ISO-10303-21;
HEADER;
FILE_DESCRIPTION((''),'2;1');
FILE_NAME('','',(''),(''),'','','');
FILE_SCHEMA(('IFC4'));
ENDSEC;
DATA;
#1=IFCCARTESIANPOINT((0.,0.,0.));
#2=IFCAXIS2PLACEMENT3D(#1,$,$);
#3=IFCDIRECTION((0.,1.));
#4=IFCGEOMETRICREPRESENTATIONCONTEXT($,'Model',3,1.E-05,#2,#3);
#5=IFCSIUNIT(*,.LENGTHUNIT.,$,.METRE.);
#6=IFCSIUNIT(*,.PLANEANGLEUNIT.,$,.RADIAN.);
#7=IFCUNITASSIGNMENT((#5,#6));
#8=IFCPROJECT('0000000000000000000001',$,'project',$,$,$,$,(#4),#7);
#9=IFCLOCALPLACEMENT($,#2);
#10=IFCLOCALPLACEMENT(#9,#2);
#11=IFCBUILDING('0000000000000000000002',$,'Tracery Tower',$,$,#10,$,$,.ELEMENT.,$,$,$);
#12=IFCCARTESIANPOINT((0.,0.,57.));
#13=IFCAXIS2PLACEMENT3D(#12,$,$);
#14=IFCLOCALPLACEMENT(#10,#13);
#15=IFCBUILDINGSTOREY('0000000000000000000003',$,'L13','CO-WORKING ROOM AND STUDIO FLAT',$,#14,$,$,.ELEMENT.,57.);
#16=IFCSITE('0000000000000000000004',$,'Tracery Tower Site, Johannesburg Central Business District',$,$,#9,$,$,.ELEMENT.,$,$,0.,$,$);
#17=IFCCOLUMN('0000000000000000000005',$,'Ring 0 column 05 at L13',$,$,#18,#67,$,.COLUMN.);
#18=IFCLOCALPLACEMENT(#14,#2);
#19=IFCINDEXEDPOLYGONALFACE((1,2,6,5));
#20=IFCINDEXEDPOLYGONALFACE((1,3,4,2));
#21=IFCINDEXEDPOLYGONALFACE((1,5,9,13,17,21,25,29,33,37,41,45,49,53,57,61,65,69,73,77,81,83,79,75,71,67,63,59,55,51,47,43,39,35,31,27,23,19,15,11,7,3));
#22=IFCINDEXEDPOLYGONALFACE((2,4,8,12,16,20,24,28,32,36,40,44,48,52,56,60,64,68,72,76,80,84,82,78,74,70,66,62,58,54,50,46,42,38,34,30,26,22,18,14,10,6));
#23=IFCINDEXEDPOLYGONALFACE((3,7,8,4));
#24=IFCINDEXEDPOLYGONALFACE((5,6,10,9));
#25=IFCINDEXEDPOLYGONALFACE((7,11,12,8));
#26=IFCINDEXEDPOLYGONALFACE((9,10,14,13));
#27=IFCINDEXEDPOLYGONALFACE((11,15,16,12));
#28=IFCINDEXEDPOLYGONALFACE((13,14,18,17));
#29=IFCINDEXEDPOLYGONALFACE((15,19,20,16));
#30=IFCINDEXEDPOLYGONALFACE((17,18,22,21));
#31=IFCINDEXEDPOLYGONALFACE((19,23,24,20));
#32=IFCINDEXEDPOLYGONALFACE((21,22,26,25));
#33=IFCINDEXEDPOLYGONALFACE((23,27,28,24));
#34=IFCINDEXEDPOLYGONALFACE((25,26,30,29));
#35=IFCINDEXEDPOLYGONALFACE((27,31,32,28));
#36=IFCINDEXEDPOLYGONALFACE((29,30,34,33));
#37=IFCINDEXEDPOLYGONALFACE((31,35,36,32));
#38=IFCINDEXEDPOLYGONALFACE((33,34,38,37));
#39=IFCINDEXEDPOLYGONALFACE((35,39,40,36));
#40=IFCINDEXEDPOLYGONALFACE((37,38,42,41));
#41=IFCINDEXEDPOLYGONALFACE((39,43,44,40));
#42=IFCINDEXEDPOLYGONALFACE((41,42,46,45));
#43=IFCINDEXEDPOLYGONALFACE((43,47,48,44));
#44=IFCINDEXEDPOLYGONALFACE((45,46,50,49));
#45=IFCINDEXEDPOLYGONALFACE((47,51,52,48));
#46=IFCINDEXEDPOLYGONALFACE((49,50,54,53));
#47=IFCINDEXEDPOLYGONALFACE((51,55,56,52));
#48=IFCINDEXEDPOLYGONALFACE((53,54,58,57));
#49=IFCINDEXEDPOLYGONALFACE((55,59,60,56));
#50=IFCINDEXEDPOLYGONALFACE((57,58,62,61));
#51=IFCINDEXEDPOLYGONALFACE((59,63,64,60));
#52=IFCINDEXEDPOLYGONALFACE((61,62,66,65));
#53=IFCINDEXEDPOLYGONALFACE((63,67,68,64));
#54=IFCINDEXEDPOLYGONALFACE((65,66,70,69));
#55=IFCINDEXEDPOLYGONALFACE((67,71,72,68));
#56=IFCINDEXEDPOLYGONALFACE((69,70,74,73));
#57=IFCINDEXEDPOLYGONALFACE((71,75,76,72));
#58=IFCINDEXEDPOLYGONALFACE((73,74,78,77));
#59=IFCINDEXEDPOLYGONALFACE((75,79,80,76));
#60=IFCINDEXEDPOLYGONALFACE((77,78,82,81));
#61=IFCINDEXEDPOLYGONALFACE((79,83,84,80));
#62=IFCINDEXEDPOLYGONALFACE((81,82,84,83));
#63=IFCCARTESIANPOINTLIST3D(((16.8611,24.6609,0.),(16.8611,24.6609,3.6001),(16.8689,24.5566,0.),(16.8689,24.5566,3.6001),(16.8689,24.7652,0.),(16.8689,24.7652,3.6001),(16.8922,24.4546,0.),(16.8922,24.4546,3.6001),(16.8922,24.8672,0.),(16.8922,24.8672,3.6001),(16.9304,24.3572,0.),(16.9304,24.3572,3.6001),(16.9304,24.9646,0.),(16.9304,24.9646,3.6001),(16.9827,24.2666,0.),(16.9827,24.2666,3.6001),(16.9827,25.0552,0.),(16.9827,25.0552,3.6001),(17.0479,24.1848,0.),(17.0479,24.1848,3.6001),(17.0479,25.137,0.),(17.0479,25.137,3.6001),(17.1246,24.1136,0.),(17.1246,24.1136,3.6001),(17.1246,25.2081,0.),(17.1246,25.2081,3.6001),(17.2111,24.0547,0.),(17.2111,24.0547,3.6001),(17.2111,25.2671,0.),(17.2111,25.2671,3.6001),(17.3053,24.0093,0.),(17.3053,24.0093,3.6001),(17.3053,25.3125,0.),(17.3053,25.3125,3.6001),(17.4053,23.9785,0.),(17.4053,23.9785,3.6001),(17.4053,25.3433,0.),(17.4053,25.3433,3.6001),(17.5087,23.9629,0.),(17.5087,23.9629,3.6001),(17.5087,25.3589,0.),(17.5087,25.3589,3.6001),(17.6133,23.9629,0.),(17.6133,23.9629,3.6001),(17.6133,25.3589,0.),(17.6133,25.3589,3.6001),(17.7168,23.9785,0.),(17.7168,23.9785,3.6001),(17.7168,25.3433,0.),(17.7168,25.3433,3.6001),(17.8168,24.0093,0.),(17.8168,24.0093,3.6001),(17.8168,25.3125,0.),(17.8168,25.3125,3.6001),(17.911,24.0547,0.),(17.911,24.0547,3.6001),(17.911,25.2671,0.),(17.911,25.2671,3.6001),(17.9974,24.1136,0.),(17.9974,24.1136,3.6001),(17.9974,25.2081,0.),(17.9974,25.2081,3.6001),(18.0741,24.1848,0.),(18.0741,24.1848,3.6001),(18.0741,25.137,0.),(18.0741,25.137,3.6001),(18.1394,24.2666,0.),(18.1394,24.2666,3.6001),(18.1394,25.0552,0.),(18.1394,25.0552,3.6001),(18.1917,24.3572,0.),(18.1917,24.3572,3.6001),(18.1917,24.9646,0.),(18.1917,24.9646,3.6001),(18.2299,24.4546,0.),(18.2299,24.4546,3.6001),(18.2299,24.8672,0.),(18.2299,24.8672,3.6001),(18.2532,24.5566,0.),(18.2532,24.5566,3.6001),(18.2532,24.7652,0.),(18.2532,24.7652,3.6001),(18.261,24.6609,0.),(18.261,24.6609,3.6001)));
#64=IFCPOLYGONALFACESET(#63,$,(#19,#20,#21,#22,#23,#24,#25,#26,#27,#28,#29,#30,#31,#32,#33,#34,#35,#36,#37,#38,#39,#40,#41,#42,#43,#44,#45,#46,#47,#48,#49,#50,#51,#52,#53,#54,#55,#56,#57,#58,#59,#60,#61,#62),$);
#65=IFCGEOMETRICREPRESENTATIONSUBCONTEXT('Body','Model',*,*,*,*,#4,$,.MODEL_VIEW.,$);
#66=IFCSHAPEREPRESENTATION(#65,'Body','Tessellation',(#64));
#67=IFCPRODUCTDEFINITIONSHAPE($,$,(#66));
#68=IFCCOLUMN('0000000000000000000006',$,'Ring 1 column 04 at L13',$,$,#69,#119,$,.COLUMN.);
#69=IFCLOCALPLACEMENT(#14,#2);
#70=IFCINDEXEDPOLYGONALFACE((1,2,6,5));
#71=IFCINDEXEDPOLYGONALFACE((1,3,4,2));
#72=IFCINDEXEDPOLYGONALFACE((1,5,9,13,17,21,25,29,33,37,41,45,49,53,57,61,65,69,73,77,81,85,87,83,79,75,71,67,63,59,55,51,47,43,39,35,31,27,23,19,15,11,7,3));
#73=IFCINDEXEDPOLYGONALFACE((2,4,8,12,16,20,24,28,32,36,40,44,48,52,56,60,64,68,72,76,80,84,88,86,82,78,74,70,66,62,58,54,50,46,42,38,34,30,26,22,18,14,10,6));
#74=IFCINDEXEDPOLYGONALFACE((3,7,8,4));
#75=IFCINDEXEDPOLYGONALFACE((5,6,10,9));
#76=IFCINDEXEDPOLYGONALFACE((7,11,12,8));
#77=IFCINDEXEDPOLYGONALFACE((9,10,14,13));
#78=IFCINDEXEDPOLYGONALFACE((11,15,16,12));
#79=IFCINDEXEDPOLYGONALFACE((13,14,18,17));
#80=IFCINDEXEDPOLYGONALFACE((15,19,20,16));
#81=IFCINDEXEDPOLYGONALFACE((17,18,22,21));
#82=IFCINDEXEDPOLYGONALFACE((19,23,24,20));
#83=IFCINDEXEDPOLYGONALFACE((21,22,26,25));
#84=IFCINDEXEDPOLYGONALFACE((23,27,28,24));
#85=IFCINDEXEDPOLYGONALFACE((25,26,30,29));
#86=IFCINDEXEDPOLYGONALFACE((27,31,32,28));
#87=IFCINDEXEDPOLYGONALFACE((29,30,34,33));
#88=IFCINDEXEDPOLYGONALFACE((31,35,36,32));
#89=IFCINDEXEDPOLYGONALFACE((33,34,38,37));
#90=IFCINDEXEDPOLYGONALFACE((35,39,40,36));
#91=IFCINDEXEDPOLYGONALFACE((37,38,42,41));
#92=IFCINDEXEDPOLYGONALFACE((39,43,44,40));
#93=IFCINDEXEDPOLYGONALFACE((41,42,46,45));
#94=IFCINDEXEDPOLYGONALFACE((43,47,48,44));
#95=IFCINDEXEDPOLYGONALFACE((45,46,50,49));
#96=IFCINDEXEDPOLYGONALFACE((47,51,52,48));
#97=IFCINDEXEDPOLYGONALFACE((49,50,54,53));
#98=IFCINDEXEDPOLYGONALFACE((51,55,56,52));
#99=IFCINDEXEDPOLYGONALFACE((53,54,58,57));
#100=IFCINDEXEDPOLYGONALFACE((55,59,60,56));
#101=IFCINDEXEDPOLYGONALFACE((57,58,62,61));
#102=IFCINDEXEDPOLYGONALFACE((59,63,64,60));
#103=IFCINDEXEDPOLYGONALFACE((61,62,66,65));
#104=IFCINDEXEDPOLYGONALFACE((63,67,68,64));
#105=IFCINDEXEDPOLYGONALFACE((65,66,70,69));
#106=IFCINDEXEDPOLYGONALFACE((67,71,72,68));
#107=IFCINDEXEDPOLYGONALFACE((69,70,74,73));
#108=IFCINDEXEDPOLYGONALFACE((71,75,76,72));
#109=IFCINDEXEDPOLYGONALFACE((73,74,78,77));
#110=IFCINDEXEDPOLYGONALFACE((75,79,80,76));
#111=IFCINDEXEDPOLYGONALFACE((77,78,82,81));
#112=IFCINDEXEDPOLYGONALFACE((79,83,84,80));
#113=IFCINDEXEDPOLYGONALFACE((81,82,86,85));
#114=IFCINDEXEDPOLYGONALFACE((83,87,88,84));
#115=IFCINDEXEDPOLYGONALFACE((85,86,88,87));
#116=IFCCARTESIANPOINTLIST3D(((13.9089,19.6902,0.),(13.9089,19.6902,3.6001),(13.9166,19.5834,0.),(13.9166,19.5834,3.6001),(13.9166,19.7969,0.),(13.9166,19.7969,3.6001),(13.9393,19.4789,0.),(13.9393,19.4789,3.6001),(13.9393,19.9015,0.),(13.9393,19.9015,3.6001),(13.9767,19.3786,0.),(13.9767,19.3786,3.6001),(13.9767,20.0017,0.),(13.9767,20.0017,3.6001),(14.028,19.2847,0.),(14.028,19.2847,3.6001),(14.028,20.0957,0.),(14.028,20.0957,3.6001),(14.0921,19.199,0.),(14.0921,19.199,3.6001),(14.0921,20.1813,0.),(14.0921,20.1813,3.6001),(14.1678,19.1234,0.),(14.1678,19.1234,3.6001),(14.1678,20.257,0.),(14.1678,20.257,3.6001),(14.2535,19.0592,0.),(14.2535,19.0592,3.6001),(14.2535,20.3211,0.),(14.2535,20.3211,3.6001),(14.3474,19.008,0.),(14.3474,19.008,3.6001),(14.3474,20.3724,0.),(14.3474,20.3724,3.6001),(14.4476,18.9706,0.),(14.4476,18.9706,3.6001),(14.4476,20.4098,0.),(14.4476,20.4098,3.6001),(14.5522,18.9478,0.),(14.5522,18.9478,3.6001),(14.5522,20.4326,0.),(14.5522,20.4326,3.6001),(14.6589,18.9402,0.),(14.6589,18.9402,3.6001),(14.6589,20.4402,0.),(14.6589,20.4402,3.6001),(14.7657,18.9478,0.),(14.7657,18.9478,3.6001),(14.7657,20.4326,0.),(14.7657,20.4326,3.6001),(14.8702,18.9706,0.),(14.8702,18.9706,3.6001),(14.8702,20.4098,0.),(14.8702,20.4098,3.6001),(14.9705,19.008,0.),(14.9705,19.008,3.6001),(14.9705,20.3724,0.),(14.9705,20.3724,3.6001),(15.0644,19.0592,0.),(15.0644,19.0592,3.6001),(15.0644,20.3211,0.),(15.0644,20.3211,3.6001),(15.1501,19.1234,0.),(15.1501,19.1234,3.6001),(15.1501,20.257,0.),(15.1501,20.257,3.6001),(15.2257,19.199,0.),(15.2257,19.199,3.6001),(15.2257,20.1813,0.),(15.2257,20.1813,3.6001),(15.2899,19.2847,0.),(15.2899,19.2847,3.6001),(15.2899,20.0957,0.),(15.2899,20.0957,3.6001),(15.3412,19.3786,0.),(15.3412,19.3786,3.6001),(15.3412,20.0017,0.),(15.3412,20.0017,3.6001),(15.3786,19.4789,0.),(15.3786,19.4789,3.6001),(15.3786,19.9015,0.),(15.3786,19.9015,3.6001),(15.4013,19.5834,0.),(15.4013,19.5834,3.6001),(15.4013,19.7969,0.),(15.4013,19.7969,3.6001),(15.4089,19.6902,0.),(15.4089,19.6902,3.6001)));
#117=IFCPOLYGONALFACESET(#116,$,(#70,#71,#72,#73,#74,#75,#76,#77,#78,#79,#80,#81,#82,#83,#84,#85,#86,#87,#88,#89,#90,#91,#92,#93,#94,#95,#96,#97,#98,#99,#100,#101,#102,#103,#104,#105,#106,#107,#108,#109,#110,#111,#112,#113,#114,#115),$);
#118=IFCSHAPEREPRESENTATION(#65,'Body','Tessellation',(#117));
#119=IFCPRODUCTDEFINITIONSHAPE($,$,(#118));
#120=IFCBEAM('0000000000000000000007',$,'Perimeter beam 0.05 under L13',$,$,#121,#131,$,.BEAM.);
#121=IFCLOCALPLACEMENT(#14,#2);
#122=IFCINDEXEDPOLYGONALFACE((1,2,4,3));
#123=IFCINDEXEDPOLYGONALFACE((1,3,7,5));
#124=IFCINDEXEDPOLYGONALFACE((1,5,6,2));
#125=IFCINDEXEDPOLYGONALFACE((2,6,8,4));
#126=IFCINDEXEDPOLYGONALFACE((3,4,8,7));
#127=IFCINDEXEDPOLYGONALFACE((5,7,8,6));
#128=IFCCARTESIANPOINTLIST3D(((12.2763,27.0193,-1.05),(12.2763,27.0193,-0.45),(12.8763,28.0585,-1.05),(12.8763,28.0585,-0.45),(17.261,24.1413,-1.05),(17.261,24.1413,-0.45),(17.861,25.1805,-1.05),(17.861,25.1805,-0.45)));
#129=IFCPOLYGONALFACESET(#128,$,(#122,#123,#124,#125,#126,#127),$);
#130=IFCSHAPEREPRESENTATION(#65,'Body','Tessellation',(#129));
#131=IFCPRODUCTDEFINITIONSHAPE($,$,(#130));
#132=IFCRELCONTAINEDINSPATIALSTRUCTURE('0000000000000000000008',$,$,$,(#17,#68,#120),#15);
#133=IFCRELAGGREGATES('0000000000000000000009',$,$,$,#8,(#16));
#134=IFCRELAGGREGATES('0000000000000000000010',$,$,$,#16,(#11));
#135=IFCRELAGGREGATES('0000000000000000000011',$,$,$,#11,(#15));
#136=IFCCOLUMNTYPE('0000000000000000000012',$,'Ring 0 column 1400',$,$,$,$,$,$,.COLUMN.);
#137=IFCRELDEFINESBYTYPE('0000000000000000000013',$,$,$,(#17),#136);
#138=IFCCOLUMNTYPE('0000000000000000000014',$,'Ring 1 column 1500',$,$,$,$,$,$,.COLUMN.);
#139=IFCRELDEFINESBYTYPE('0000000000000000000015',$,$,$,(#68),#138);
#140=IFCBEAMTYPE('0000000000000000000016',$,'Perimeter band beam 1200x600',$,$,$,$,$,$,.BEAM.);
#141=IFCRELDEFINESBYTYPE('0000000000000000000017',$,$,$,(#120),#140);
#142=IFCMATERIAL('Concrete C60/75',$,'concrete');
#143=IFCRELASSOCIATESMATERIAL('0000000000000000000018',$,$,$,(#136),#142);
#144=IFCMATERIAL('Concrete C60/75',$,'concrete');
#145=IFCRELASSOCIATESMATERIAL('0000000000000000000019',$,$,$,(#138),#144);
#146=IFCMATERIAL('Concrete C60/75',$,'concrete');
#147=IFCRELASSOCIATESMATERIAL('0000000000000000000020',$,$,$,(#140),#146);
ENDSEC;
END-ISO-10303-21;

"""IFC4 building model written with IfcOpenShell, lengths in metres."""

from ifc_helpers import new_model, si_unit, direction, frame, origin, origin_2d, place, context, subcontext, project, spatial, rectangle, circle, extrude, material, material_profile, profile_set, type_object, element, save


model = new_model("IFC4")

# Units and contexts
model_context = context("Model", 3, precision=1e-05, world=origin(), true_north=direction((0.0, 1.0)))
body_context = subcontext(model_context, "Body", "Model", "MODEL_VIEW")
ifc_project = project(units=[si_unit("LENGTHUNIT", "METRE"), si_unit("PLANEANGLEUNIT", "RADIAN")], contexts=[model_context])

# Site, building, storey
site_placement = place(None, origin())
site = spatial("IfcSite", under=ifc_project, at=site_placement, Name="Tracery Tower Site, Johannesburg Central Business District", CompositionType="ELEMENT", RefElevation=0.0)
building_placement = place(site_placement, origin())
building = spatial("IfcBuilding", under=site, at=building_placement, Name="Tracery Tower", CompositionType="ELEMENT")
storey_placement = place(building_placement, frame((0.0, 0.0, 57.0)))
storey = spatial("IfcBuildingStorey", under=building, at=storey_placement, Name="L13", Description="CO-WORKING ROOM AND STUDIO FLAT", CompositionType="ELEMENT", Elevation=57.0)

# Columns
ifc_material_1 = material(Name="Concrete C60/75", Category="concrete")
ifc_material_profile_1 = material_profile(ifc_material_1, circle(Radius=0.7, at=origin_2d()), Name="RC D1400")
ifc_profile_set_1 = profile_set([ifc_material_profile_1], Name="Concrete C60/75")
column_type_1 = type_object("IfcColumnType", Name="Ring 0 column 1400", PredefinedType="COLUMN", material=ifc_profile_set_1)
column_1_placement = place(storey_placement, frame((17.561, 24.6609, 0.0), z_axis=(0.0, 0.0, 1.0), x_axis=(1.0, 0.0, 0.0)))
element("IfcColumn", 1, at=column_1_placement, inside=storey, type_object=column_type_1, Name="Ring 0 column 05 at L13", PredefinedType="COLUMN", context=body_context, shape_type="SweptSolid", body=[
    extrude(circle(Radius=0.7, at=origin_2d()), origin(), (0.0, 0.0, 1.0), 3.6001),
])
ifc_material_2 = material(Name="Concrete C60/75", Category="concrete")
ifc_material_profile_2 = material_profile(ifc_material_2, circle(Radius=0.75, at=origin_2d()), Name="RC D1500")
ifc_profile_set_2 = profile_set([ifc_material_profile_2], Name="Concrete C60/75")
column_type_2 = type_object("IfcColumnType", Name="Ring 1 column 1500", PredefinedType="COLUMN", material=ifc_profile_set_2)
column_2_placement = place(storey_placement, frame((14.6589, 19.6902, 0.0), z_axis=(0.0, 0.0, 1.0), x_axis=(1.0, 0.0, 0.0)))
element("IfcColumn", 2, at=column_2_placement, inside=storey, type_object=column_type_2, Name="Ring 1 column 04 at L13", PredefinedType="COLUMN", context=body_context, shape_type="SweptSolid", body=[
    extrude(circle(Radius=0.75, at=origin_2d()), origin(), (0.0, 0.0, 1.0), 3.6001),
])

# Beam
ifc_material_3 = material(Name="Concrete C60/75", Category="concrete")
ifc_material_profile_3 = material_profile(ifc_material_3, rectangle(XDim=1.2, YDim=0.6001, at=origin_2d()), Name="RC 1200x600")
ifc_profile_set_3 = profile_set([ifc_material_profile_3], Name="Concrete C60/75")
beam_type = type_object("IfcBeamType", Name="Perimeter band beam 1200x600", PredefinedType="BEAM", material=ifc_profile_set_3)
beam_placement = place(storey_placement, frame((17.561, 24.6609, -0.75), z_axis=(-0.866021, 0.500008, 0.0), x_axis=(-0.500008, -0.866021, 0.0)))
element("IfcBeam", 3, at=beam_placement, inside=storey, type_object=beam_type, Name="Perimeter beam 0.05 under L13", PredefinedType="BEAM", context=body_context, shape_type="SweptSolid", body=[
    extrude(rectangle(XDim=1.2, YDim=0.6001, at=origin_2d()), origin(), (0.0, 0.0, 1.0), 5.7559),
])

save(model, "model.ifc")
